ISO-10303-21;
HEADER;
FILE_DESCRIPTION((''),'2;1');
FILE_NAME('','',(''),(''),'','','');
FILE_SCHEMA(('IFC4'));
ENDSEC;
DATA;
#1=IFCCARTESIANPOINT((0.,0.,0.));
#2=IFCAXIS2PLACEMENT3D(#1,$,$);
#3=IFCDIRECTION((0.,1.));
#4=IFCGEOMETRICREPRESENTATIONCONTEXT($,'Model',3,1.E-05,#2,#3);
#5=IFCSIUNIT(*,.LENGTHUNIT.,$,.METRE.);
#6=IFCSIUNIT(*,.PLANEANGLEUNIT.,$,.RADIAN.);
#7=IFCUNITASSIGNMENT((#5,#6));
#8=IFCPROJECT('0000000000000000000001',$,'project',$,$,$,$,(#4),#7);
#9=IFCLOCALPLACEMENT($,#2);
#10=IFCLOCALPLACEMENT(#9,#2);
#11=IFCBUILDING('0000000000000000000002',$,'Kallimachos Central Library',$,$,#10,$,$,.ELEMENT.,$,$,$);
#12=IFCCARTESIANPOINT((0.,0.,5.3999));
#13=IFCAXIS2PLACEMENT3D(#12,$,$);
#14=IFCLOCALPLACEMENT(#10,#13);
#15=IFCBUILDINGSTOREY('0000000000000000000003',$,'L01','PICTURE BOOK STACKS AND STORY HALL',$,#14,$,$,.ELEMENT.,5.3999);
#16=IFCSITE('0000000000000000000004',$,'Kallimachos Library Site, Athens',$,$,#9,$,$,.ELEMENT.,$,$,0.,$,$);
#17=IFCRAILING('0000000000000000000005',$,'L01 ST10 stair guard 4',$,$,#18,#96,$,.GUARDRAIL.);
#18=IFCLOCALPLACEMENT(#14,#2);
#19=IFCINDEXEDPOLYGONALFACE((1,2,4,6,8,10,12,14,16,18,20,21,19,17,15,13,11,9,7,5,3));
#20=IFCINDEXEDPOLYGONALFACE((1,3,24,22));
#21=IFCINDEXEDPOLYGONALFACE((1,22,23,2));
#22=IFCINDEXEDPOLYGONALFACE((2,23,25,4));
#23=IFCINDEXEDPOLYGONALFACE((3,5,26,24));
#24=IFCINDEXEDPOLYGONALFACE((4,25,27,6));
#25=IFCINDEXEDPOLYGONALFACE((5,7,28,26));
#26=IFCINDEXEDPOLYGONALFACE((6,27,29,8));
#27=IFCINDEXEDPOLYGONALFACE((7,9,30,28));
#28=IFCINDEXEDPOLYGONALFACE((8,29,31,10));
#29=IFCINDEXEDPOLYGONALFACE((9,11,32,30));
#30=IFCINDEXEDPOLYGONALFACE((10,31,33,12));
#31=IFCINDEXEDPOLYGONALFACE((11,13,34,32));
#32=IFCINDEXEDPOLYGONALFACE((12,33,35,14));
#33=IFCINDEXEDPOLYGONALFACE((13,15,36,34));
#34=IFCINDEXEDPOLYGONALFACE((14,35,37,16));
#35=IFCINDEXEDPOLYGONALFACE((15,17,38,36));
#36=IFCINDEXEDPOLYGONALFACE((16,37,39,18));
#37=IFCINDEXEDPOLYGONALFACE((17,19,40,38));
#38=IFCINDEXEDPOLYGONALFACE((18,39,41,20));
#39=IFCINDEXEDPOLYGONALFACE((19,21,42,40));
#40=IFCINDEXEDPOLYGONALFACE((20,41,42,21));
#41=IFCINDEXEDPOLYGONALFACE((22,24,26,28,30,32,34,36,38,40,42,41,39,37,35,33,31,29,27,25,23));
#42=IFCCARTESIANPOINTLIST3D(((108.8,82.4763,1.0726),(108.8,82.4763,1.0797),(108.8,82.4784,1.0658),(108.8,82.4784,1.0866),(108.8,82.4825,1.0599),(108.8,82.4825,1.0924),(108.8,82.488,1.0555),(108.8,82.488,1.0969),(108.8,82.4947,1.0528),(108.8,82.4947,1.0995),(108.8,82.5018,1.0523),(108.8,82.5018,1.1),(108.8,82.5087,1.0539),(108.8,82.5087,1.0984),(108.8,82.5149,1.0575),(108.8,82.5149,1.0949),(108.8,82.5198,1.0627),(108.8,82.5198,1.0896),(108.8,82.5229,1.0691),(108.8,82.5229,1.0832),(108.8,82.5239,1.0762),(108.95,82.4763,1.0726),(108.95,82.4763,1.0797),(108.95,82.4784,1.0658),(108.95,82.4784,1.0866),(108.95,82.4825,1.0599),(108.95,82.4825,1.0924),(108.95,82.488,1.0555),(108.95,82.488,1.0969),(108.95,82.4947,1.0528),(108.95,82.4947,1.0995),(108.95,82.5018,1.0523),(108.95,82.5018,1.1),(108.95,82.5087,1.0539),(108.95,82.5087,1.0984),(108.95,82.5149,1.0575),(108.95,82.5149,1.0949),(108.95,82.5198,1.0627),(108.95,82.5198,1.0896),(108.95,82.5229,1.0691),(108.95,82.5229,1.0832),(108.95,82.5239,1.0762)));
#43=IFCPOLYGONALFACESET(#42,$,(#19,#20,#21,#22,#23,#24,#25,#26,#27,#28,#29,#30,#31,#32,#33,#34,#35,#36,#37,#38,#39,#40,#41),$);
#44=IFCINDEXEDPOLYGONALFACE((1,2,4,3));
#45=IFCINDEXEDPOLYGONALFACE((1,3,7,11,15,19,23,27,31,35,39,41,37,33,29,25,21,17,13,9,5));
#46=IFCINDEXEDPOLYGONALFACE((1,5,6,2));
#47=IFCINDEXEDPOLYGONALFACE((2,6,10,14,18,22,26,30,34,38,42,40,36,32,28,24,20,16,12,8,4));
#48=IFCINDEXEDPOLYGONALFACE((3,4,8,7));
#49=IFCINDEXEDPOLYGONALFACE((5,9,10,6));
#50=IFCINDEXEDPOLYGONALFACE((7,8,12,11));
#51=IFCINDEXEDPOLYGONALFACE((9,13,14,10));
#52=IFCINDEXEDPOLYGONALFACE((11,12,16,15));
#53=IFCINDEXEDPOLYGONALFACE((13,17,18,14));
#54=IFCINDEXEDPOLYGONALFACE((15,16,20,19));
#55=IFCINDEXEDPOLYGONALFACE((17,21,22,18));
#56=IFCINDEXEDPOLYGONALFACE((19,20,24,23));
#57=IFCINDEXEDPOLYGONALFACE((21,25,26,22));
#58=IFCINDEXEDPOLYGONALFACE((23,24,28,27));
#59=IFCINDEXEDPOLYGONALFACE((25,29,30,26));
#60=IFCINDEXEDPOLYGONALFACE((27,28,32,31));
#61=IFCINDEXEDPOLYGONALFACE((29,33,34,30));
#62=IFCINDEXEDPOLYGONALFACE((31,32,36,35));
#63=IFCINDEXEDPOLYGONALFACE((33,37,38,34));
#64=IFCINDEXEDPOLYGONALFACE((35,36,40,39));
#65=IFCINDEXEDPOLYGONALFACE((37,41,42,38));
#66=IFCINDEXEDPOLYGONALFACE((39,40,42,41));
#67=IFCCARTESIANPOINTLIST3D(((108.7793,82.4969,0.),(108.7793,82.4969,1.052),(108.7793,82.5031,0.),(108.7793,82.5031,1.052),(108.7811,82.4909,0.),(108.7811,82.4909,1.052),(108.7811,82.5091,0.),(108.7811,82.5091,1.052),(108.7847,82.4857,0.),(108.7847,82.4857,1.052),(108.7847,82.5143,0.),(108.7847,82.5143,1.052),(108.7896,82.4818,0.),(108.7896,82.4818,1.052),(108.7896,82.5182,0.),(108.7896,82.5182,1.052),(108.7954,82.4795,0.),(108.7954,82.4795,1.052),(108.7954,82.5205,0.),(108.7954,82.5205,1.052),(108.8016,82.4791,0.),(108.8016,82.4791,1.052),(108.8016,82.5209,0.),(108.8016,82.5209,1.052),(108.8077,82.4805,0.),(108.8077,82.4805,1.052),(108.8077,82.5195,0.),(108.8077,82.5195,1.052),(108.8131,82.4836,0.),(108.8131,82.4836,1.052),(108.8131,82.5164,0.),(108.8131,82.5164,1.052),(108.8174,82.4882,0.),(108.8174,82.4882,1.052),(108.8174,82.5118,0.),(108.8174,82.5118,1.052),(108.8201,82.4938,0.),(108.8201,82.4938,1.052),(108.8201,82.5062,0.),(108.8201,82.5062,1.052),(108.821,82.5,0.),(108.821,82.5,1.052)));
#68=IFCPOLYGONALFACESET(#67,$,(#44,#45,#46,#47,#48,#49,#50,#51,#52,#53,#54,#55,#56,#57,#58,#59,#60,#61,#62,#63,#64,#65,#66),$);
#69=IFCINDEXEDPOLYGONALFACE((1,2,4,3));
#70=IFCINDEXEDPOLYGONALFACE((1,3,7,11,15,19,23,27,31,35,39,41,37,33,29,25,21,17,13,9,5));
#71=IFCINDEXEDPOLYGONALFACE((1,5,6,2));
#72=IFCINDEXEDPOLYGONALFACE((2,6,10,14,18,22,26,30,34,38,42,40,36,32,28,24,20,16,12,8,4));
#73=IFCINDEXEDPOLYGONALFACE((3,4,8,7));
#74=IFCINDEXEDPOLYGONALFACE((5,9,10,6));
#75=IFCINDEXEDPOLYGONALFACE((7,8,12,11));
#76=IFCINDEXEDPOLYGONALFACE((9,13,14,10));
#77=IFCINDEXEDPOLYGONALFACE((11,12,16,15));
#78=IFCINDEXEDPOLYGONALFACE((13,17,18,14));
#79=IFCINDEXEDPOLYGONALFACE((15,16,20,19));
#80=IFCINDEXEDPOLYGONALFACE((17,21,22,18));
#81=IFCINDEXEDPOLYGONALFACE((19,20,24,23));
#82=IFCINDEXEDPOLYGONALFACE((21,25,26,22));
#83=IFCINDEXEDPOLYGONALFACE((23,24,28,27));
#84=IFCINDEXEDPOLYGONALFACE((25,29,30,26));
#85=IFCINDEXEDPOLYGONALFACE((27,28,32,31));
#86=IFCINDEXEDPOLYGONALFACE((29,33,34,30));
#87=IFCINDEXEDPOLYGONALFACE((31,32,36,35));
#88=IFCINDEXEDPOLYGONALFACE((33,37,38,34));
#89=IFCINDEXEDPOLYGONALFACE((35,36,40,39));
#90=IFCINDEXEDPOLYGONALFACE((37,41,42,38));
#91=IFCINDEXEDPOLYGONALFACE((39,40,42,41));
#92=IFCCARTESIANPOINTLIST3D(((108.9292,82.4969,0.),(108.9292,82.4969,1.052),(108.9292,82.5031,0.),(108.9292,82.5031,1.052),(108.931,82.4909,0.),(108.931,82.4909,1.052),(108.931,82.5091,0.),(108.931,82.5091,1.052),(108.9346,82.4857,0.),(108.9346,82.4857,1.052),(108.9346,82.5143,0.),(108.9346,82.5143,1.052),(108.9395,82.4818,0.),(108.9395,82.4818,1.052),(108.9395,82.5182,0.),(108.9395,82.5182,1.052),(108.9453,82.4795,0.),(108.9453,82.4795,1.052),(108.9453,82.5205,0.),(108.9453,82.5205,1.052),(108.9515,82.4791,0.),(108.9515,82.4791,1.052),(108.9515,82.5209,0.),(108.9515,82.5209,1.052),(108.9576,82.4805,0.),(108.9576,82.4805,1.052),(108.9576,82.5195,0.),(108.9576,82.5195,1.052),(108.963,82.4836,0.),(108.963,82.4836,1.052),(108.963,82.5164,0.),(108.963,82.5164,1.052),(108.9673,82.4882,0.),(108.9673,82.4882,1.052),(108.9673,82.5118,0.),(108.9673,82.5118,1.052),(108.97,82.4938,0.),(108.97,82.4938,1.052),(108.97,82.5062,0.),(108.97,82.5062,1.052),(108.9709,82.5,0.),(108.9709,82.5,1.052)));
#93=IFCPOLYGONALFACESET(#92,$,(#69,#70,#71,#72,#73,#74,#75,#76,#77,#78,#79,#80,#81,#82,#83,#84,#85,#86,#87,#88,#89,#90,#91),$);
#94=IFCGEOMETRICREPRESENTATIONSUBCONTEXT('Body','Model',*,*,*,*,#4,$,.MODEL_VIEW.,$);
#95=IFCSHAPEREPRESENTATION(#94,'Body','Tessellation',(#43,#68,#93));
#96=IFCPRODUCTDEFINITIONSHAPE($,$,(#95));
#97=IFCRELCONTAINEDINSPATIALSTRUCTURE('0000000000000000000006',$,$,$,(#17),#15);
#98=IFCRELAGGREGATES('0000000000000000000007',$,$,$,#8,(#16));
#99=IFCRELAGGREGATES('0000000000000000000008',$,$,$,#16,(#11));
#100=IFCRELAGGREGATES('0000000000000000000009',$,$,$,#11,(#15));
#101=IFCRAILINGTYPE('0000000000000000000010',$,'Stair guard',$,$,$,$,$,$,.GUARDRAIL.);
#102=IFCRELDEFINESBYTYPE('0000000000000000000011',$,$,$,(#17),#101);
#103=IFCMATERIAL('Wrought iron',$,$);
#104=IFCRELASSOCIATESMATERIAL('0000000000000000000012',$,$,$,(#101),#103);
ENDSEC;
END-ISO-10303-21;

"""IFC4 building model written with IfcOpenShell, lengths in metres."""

from ifc_helpers import new_model, si_unit, direction, frame, origin, origin_2d, place, context, subcontext, project, spatial, circle, extrude, material, type_object, element, save


model = new_model("IFC4")

# Units and contexts
model_context = context("Model", 3, precision=1e-05, world=origin(), true_north=direction((0.0, 1.0)))
body_context = subcontext(model_context, "Body", "Model", "MODEL_VIEW")
ifc_project = project(units=[si_unit("LENGTHUNIT", "METRE"), si_unit("PLANEANGLEUNIT", "RADIAN")], contexts=[model_context])

# Site, building, storey
site_placement = place(None, origin())
site = spatial("IfcSite", under=ifc_project, at=site_placement, Name="Kallimachos Library Site, Athens", CompositionType="ELEMENT", RefElevation=0.0)
building_placement = place(site_placement, origin())
building = spatial("IfcBuilding", under=site, at=building_placement, Name="Kallimachos Central Library", CompositionType="ELEMENT")
storey_placement = place(building_placement, frame((0.0, 0.0, 5.3999)))
storey = spatial("IfcBuildingStorey", under=building, at=storey_placement, Name="L01", Description="PICTURE BOOK STACKS AND STORY HALL", CompositionType="ELEMENT", Elevation=5.3999)

# Railing
ifc_material_1 = material(Name="Wrought iron")
railing_type_1 = type_object("IfcRailingType", Name="Stair guard", PredefinedType="GUARDRAIL", material=ifc_material_1)
railing_1_placement = place(storey_placement, frame((108.8, 82.5, 0.0)))
element("IfcRailing", 1, at=railing_1_placement, inside=storey, type_object=railing_type_1, Name="L01 ST10 stair guard 4", PredefinedType="GUARDRAIL", context=body_context, shape_type="SweptSolid", body=[
    extrude(circle(Radius=0.0239, at=origin_2d()), frame((0.0, 0.0, 1.0762), z_axis=(1.0, 0.0, 0.0), x_axis=(0.0, 1.0, 0.0)), (0.0, 0.0, 1.0), 0.1499),
    extrude(circle(Radius=0.021, at=origin_2d()), origin(), (0.0, 0.0, 1.0), 1.052),
    extrude(circle(Radius=0.021, at=origin_2d()), frame((0.1499, 0.0, 0.0)), (0.0, 0.0, 1.0), 1.052),
])

save(model, "model.ifc")
